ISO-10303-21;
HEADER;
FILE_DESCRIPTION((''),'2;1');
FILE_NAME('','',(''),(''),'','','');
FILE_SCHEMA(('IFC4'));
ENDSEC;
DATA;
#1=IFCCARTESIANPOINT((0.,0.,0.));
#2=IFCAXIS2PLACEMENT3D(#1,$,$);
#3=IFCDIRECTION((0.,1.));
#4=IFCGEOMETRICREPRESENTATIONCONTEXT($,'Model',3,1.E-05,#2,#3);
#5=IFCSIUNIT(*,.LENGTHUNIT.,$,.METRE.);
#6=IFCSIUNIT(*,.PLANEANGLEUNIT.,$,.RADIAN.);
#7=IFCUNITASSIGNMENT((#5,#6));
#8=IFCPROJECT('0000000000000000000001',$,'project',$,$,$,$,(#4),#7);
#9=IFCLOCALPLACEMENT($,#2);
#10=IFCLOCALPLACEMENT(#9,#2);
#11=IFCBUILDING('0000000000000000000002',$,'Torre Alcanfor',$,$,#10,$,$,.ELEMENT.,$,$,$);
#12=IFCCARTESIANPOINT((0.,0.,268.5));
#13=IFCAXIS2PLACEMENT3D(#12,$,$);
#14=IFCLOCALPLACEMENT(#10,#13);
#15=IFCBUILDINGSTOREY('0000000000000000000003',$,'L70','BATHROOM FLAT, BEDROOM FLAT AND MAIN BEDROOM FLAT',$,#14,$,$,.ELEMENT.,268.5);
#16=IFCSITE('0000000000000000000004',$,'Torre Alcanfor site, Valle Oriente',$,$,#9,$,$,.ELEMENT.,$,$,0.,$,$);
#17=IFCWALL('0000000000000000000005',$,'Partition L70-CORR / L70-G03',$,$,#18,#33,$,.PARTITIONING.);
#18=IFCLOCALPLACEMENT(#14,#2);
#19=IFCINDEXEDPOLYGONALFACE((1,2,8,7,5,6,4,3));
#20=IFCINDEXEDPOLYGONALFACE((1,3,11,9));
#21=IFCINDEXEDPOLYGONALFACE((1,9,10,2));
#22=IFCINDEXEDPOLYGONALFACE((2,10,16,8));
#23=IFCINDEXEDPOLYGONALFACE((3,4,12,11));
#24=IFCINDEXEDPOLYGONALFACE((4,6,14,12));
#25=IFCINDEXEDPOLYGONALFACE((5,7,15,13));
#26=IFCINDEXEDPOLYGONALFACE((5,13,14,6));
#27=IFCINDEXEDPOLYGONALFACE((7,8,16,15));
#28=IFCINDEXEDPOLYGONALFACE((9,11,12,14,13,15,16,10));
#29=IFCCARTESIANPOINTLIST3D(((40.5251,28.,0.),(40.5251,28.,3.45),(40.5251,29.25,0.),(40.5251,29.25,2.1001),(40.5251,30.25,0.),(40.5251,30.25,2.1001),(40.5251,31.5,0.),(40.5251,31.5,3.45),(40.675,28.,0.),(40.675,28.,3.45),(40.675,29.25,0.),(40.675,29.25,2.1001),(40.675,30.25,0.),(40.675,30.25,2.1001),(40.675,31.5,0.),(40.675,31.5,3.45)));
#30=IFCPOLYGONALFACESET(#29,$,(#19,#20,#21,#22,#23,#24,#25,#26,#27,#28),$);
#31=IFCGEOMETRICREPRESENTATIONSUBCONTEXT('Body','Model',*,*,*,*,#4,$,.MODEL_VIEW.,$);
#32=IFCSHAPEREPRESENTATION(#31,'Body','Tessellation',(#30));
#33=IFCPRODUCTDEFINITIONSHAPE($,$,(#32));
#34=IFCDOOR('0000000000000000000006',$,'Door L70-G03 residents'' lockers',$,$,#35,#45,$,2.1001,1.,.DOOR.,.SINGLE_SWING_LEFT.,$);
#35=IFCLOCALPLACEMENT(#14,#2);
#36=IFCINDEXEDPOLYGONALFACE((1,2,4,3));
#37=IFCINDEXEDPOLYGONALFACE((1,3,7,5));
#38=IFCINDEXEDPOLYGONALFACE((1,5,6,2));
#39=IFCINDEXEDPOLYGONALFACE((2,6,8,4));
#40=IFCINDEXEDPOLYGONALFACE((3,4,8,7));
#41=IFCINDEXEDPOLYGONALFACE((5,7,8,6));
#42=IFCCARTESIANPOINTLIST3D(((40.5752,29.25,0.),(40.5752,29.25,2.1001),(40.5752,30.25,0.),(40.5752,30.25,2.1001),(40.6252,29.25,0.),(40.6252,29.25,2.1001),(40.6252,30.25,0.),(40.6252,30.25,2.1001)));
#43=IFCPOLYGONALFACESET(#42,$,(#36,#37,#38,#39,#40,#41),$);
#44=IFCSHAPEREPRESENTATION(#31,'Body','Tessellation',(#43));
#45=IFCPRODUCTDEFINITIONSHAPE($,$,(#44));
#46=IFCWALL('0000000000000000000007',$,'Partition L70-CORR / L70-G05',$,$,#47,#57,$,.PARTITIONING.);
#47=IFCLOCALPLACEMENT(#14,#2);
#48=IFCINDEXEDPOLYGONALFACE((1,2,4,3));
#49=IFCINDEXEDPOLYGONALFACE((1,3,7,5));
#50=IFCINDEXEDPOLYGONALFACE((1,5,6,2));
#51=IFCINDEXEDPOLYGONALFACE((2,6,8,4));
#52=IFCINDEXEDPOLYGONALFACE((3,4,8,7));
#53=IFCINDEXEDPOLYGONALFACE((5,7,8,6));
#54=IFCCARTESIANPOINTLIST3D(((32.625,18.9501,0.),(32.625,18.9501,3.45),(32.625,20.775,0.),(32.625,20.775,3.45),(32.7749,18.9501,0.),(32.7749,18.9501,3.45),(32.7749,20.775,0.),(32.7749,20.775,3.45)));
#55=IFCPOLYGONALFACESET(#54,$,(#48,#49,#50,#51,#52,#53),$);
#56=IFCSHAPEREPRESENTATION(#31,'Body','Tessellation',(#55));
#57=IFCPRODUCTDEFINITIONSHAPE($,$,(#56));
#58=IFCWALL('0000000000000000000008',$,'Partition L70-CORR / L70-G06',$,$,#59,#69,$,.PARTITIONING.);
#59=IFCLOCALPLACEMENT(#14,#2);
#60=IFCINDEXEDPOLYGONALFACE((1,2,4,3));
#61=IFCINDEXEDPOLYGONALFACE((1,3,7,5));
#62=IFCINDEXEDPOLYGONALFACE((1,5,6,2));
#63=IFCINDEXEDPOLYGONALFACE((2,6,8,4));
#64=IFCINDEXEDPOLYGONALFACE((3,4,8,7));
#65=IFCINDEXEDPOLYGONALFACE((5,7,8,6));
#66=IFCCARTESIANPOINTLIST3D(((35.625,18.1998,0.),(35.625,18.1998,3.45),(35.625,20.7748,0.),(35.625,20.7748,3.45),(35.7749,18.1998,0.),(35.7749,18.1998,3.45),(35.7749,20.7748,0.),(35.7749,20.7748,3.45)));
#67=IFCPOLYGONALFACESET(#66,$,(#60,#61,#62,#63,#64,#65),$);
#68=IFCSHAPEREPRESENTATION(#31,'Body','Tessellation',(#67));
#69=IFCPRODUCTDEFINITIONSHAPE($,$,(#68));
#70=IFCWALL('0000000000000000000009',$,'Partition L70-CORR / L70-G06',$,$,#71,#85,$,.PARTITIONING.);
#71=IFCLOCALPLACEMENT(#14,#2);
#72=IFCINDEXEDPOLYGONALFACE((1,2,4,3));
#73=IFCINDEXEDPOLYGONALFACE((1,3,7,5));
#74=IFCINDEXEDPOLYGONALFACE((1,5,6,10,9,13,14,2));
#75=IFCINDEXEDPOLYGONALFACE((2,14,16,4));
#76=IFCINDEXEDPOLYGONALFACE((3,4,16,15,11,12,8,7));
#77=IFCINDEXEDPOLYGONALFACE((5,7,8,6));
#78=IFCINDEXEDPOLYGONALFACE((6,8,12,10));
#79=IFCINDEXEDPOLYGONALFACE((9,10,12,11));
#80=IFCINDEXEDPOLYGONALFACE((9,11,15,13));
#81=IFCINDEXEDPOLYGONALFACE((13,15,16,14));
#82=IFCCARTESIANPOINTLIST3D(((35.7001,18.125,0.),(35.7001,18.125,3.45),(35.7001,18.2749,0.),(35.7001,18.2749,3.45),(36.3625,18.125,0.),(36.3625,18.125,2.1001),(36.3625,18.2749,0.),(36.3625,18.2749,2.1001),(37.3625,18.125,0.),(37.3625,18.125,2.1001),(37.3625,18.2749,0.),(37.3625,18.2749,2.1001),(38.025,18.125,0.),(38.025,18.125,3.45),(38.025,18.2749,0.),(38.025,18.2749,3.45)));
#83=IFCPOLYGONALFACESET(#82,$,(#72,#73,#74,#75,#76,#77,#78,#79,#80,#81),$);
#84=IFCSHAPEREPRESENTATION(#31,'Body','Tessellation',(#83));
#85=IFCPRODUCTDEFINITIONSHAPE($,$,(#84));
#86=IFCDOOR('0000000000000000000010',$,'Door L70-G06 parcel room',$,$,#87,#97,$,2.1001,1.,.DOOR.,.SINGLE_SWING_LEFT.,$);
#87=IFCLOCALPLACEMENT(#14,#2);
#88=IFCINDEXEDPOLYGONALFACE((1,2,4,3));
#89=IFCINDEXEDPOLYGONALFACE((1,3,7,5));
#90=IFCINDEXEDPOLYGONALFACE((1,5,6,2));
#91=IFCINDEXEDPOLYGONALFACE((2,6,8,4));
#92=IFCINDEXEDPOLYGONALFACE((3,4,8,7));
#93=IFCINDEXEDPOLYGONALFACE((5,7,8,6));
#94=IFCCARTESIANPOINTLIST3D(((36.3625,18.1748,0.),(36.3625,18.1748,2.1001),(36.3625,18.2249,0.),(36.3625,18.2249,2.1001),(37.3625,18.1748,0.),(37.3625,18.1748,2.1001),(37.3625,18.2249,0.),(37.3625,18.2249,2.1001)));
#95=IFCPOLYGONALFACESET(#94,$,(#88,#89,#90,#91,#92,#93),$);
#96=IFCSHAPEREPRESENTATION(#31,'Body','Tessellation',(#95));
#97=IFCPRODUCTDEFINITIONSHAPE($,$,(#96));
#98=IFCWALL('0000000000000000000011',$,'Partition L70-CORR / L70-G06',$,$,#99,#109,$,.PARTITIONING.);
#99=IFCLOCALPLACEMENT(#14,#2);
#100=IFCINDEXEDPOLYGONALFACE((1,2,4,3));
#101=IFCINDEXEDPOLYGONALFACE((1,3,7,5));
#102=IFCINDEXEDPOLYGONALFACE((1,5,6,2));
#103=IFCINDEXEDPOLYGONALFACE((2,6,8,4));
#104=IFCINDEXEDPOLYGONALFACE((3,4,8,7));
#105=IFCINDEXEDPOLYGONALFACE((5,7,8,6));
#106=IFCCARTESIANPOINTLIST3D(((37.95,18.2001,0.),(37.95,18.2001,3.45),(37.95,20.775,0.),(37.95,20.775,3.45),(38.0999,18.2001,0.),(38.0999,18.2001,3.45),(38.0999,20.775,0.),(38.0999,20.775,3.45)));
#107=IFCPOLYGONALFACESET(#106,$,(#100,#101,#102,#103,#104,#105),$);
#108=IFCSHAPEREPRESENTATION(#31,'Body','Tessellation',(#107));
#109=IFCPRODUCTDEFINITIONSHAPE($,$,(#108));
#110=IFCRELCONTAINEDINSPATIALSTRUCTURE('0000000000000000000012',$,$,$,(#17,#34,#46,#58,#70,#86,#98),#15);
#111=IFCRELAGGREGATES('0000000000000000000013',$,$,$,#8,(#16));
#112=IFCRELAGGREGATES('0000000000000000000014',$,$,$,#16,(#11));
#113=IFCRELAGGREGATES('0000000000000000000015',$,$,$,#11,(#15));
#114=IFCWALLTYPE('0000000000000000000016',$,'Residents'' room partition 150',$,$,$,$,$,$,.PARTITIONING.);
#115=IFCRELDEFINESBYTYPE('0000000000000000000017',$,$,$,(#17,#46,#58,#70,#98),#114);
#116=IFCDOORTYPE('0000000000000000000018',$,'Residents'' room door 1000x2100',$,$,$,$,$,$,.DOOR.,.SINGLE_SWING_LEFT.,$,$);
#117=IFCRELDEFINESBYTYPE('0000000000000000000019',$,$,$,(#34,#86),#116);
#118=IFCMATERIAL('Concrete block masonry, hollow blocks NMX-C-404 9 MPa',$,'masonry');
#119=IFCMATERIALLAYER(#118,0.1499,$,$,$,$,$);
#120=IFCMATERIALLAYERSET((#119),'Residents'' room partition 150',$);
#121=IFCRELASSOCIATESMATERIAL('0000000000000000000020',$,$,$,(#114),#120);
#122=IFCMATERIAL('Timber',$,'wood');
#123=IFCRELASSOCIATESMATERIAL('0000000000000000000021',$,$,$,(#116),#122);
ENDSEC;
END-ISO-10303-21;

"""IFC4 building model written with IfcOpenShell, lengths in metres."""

from ifc_helpers import new_model, si_unit, direction, frame, frame_2d, origin, place, context, subcontext, project, spatial, rectangle, extrude, material, layer, layer_set, type_object, element, fill, save


model = new_model("IFC4")

# Units and contexts
model_context = context("Model", 3, precision=1e-05, world=origin(), true_north=direction((0.0, 1.0)))
body_context = subcontext(model_context, "Body", "Model", "MODEL_VIEW")
ifc_project = project(units=[si_unit("LENGTHUNIT", "METRE"), si_unit("PLANEANGLEUNIT", "RADIAN")], contexts=[model_context])

# Site, building, storey
site_placement = place(None, origin())
site = spatial("IfcSite", under=ifc_project, at=site_placement, Name="Torre Alcanfor site, Valle Oriente", CompositionType="ELEMENT", RefElevation=0.0)
building_placement = place(site_placement, origin())
building = spatial("IfcBuilding", under=site, at=building_placement, Name="Torre Alcanfor", CompositionType="ELEMENT")
storey_placement = place(building_placement, frame((0.0, 0.0, 268.5)))
storey = spatial("IfcBuildingStorey", under=building, at=storey_placement, Name="L70", Description="BATHROOM FLAT, BEDROOM FLAT AND MAIN BEDROOM FLAT", CompositionType="ELEMENT", Elevation=268.5)

# Shared definitions
ifc_material_1 = material(Name="Concrete block masonry, hollow blocks NMX-C-404 9 MPa", Category="masonry")
ifc_layer_1 = layer(ifc_material_1, 0.1499)
ifc_layer_set_1 = layer_set([ifc_layer_1], Name="Residents' room partition 150")
wall_type_1 = type_object("IfcWallType", Name="Residents' room partition 150", PredefinedType="PARTITIONING", material=ifc_layer_set_1)

# Wall, opening, door
wall_1_placement = place(storey_placement, frame((40.6001, 28.0, 0.0), z_axis=(0.0, 0.0, 1.0), x_axis=(0.0, 1.0, 0.0)))
wall_1 = element("IfcWall", 1, at=wall_1_placement, inside=storey, type_object=wall_type_1, Name="Partition L70-CORR / L70-G03", PredefinedType="PARTITIONING", context=body_context, shape_type="SweptSolid", body=[
    extrude(rectangle(XDim=3.5, YDim=0.1499, at=frame_2d((1.75, 0.0))), origin(), (0.0, 0.0, 1.0), 3.45),
])
opening_1_placement = place(wall_1_placement, frame((1.25, 0.0, 0.0)))
opening_1 = element("IfcOpeningElement", 2, at=opening_1_placement, cuts=wall_1, PredefinedType="OPENING", context=body_context, shape_type="SweptSolid", body=[
    extrude(rectangle(XDim=1.0, YDim=2.1001, at=frame_2d((0.5, 1.05))), frame((0.0, 0.085, 0.0), z_axis=(0.0, -1.0, 0.0), x_axis=(1.0, 0.0, 0.0)), (0.0, 0.0, 1.0), 0.1699),
])
ifc_material_2 = material(Name="Timber", Category="wood")
door_type_1 = type_object("IfcDoorType", Name="Residents' room door 1000x2100", OperationType="SINGLE_SWING_LEFT", PredefinedType="DOOR", material=ifc_material_2)
door_1_placement = place(opening_1_placement, origin())
door_1 = element("IfcDoor", 3, at=door_1_placement, inside=storey, type_object=door_type_1, Name="Door L70-G03 residents' lockers", OperationType="SINGLE_SWING_LEFT", OverallHeight=2.1001, OverallWidth=1.0, PredefinedType="DOOR", context=body_context, shape_type="SweptSolid", body=[
    extrude(rectangle(XDim=1.0, YDim=2.1001, at=frame_2d((0.5, 1.05))), frame((0.0, 0.0249, 0.0), z_axis=(0.0, -1.0, 0.0), x_axis=(1.0, 0.0, 0.0)), (0.0, 0.0, 1.0), 0.05),
])
fill(opening_1, door_1)

# Walls
wall_2_placement = place(storey_placement, frame((32.7, 18.95, 0.0), z_axis=(0.0, 0.0, 1.0), x_axis=(0.0, 1.0, 0.0)))
element("IfcWall", 4, at=wall_2_placement, inside=storey, type_object=wall_type_1, Name="Partition L70-CORR / L70-G05", PredefinedType="PARTITIONING", context=body_context, shape_type="SweptSolid", body=[
    extrude(rectangle(XDim=1.825, YDim=0.1499, at=frame_2d((0.9126, 0.0))), origin(), (0.0, 0.0, 1.0), 3.45),
])
wall_3_placement = place(storey_placement, frame((35.7, 20.7749, 0.0), z_axis=(0.0, 0.0, 1.0), x_axis=(0.0, -1.0, 0.0)))
element("IfcWall", 5, at=wall_3_placement, inside=storey, type_object=wall_type_1, Name="Partition L70-CORR / L70-G06", PredefinedType="PARTITIONING", context=body_context, shape_type="SweptSolid", body=[
    extrude(rectangle(XDim=2.575, YDim=0.1499, at=frame_2d((1.2876, 0.0))), origin(), (0.0, 0.0, 1.0), 3.45),
])

# Wall, opening, door
wall_4_placement = place(storey_placement, frame((35.7, 18.2, 0.0), z_axis=(0.0, 0.0, 1.0), x_axis=(1.0, 0.0, 0.0)))
wall_4 = element("IfcWall", 6, at=wall_4_placement, inside=storey, type_object=wall_type_1, Name="Partition L70-CORR / L70-G06", PredefinedType="PARTITIONING", context=body_context, shape_type="SweptSolid", body=[
    extrude(rectangle(XDim=2.325, YDim=0.1499, at=frame_2d((1.1626, 0.0))), origin(), (0.0, 0.0, 1.0), 3.45),
])
opening_2_placement = place(wall_4_placement, frame((0.6626, 0.0, 0.0)))
opening_2 = element("IfcOpeningElement", 7, at=opening_2_placement, cuts=wall_4, PredefinedType="OPENING", context=body_context, shape_type="SweptSolid", body=[
    extrude(rectangle(XDim=1.0, YDim=2.1001, at=frame_2d((0.5, 1.05))), frame((0.0, 0.085, 0.0), z_axis=(0.0, -1.0, 0.0), x_axis=(1.0, 0.0, 0.0)), (0.0, 0.0, 1.0), 0.1699),
])
door_2_placement = place(opening_2_placement, origin())
door_2 = element("IfcDoor", 8, at=door_2_placement, inside=storey, type_object=door_type_1, Name="Door L70-G06 parcel room", OperationType="SINGLE_SWING_LEFT", OverallHeight=2.1001, OverallWidth=1.0, PredefinedType="DOOR", context=body_context, shape_type="SweptSolid", body=[
    extrude(rectangle(XDim=1.0, YDim=2.1001, at=frame_2d((0.5, 1.05))), frame((0.0, 0.0249, 0.0), z_axis=(0.0, -1.0, 0.0), x_axis=(1.0, 0.0, 0.0)), (0.0, 0.0, 1.0), 0.05),
])
fill(opening_2, door_2)

# Wall
wall_5_placement = place(storey_placement, frame((38.0249, 18.2, 0.0), z_axis=(0.0, 0.0, 1.0), x_axis=(0.0, 1.0, 0.0)))
element("IfcWall", 9, at=wall_5_placement, inside=storey, type_object=wall_type_1, Name="Partition L70-CORR / L70-G06", PredefinedType="PARTITIONING", context=body_context, shape_type="SweptSolid", body=[
    extrude(rectangle(XDim=2.575, YDim=0.1499, at=frame_2d((1.2876, 0.0))), origin(), (0.0, 0.0, 1.0), 3.45),
])

save(model, "model.ifc")
